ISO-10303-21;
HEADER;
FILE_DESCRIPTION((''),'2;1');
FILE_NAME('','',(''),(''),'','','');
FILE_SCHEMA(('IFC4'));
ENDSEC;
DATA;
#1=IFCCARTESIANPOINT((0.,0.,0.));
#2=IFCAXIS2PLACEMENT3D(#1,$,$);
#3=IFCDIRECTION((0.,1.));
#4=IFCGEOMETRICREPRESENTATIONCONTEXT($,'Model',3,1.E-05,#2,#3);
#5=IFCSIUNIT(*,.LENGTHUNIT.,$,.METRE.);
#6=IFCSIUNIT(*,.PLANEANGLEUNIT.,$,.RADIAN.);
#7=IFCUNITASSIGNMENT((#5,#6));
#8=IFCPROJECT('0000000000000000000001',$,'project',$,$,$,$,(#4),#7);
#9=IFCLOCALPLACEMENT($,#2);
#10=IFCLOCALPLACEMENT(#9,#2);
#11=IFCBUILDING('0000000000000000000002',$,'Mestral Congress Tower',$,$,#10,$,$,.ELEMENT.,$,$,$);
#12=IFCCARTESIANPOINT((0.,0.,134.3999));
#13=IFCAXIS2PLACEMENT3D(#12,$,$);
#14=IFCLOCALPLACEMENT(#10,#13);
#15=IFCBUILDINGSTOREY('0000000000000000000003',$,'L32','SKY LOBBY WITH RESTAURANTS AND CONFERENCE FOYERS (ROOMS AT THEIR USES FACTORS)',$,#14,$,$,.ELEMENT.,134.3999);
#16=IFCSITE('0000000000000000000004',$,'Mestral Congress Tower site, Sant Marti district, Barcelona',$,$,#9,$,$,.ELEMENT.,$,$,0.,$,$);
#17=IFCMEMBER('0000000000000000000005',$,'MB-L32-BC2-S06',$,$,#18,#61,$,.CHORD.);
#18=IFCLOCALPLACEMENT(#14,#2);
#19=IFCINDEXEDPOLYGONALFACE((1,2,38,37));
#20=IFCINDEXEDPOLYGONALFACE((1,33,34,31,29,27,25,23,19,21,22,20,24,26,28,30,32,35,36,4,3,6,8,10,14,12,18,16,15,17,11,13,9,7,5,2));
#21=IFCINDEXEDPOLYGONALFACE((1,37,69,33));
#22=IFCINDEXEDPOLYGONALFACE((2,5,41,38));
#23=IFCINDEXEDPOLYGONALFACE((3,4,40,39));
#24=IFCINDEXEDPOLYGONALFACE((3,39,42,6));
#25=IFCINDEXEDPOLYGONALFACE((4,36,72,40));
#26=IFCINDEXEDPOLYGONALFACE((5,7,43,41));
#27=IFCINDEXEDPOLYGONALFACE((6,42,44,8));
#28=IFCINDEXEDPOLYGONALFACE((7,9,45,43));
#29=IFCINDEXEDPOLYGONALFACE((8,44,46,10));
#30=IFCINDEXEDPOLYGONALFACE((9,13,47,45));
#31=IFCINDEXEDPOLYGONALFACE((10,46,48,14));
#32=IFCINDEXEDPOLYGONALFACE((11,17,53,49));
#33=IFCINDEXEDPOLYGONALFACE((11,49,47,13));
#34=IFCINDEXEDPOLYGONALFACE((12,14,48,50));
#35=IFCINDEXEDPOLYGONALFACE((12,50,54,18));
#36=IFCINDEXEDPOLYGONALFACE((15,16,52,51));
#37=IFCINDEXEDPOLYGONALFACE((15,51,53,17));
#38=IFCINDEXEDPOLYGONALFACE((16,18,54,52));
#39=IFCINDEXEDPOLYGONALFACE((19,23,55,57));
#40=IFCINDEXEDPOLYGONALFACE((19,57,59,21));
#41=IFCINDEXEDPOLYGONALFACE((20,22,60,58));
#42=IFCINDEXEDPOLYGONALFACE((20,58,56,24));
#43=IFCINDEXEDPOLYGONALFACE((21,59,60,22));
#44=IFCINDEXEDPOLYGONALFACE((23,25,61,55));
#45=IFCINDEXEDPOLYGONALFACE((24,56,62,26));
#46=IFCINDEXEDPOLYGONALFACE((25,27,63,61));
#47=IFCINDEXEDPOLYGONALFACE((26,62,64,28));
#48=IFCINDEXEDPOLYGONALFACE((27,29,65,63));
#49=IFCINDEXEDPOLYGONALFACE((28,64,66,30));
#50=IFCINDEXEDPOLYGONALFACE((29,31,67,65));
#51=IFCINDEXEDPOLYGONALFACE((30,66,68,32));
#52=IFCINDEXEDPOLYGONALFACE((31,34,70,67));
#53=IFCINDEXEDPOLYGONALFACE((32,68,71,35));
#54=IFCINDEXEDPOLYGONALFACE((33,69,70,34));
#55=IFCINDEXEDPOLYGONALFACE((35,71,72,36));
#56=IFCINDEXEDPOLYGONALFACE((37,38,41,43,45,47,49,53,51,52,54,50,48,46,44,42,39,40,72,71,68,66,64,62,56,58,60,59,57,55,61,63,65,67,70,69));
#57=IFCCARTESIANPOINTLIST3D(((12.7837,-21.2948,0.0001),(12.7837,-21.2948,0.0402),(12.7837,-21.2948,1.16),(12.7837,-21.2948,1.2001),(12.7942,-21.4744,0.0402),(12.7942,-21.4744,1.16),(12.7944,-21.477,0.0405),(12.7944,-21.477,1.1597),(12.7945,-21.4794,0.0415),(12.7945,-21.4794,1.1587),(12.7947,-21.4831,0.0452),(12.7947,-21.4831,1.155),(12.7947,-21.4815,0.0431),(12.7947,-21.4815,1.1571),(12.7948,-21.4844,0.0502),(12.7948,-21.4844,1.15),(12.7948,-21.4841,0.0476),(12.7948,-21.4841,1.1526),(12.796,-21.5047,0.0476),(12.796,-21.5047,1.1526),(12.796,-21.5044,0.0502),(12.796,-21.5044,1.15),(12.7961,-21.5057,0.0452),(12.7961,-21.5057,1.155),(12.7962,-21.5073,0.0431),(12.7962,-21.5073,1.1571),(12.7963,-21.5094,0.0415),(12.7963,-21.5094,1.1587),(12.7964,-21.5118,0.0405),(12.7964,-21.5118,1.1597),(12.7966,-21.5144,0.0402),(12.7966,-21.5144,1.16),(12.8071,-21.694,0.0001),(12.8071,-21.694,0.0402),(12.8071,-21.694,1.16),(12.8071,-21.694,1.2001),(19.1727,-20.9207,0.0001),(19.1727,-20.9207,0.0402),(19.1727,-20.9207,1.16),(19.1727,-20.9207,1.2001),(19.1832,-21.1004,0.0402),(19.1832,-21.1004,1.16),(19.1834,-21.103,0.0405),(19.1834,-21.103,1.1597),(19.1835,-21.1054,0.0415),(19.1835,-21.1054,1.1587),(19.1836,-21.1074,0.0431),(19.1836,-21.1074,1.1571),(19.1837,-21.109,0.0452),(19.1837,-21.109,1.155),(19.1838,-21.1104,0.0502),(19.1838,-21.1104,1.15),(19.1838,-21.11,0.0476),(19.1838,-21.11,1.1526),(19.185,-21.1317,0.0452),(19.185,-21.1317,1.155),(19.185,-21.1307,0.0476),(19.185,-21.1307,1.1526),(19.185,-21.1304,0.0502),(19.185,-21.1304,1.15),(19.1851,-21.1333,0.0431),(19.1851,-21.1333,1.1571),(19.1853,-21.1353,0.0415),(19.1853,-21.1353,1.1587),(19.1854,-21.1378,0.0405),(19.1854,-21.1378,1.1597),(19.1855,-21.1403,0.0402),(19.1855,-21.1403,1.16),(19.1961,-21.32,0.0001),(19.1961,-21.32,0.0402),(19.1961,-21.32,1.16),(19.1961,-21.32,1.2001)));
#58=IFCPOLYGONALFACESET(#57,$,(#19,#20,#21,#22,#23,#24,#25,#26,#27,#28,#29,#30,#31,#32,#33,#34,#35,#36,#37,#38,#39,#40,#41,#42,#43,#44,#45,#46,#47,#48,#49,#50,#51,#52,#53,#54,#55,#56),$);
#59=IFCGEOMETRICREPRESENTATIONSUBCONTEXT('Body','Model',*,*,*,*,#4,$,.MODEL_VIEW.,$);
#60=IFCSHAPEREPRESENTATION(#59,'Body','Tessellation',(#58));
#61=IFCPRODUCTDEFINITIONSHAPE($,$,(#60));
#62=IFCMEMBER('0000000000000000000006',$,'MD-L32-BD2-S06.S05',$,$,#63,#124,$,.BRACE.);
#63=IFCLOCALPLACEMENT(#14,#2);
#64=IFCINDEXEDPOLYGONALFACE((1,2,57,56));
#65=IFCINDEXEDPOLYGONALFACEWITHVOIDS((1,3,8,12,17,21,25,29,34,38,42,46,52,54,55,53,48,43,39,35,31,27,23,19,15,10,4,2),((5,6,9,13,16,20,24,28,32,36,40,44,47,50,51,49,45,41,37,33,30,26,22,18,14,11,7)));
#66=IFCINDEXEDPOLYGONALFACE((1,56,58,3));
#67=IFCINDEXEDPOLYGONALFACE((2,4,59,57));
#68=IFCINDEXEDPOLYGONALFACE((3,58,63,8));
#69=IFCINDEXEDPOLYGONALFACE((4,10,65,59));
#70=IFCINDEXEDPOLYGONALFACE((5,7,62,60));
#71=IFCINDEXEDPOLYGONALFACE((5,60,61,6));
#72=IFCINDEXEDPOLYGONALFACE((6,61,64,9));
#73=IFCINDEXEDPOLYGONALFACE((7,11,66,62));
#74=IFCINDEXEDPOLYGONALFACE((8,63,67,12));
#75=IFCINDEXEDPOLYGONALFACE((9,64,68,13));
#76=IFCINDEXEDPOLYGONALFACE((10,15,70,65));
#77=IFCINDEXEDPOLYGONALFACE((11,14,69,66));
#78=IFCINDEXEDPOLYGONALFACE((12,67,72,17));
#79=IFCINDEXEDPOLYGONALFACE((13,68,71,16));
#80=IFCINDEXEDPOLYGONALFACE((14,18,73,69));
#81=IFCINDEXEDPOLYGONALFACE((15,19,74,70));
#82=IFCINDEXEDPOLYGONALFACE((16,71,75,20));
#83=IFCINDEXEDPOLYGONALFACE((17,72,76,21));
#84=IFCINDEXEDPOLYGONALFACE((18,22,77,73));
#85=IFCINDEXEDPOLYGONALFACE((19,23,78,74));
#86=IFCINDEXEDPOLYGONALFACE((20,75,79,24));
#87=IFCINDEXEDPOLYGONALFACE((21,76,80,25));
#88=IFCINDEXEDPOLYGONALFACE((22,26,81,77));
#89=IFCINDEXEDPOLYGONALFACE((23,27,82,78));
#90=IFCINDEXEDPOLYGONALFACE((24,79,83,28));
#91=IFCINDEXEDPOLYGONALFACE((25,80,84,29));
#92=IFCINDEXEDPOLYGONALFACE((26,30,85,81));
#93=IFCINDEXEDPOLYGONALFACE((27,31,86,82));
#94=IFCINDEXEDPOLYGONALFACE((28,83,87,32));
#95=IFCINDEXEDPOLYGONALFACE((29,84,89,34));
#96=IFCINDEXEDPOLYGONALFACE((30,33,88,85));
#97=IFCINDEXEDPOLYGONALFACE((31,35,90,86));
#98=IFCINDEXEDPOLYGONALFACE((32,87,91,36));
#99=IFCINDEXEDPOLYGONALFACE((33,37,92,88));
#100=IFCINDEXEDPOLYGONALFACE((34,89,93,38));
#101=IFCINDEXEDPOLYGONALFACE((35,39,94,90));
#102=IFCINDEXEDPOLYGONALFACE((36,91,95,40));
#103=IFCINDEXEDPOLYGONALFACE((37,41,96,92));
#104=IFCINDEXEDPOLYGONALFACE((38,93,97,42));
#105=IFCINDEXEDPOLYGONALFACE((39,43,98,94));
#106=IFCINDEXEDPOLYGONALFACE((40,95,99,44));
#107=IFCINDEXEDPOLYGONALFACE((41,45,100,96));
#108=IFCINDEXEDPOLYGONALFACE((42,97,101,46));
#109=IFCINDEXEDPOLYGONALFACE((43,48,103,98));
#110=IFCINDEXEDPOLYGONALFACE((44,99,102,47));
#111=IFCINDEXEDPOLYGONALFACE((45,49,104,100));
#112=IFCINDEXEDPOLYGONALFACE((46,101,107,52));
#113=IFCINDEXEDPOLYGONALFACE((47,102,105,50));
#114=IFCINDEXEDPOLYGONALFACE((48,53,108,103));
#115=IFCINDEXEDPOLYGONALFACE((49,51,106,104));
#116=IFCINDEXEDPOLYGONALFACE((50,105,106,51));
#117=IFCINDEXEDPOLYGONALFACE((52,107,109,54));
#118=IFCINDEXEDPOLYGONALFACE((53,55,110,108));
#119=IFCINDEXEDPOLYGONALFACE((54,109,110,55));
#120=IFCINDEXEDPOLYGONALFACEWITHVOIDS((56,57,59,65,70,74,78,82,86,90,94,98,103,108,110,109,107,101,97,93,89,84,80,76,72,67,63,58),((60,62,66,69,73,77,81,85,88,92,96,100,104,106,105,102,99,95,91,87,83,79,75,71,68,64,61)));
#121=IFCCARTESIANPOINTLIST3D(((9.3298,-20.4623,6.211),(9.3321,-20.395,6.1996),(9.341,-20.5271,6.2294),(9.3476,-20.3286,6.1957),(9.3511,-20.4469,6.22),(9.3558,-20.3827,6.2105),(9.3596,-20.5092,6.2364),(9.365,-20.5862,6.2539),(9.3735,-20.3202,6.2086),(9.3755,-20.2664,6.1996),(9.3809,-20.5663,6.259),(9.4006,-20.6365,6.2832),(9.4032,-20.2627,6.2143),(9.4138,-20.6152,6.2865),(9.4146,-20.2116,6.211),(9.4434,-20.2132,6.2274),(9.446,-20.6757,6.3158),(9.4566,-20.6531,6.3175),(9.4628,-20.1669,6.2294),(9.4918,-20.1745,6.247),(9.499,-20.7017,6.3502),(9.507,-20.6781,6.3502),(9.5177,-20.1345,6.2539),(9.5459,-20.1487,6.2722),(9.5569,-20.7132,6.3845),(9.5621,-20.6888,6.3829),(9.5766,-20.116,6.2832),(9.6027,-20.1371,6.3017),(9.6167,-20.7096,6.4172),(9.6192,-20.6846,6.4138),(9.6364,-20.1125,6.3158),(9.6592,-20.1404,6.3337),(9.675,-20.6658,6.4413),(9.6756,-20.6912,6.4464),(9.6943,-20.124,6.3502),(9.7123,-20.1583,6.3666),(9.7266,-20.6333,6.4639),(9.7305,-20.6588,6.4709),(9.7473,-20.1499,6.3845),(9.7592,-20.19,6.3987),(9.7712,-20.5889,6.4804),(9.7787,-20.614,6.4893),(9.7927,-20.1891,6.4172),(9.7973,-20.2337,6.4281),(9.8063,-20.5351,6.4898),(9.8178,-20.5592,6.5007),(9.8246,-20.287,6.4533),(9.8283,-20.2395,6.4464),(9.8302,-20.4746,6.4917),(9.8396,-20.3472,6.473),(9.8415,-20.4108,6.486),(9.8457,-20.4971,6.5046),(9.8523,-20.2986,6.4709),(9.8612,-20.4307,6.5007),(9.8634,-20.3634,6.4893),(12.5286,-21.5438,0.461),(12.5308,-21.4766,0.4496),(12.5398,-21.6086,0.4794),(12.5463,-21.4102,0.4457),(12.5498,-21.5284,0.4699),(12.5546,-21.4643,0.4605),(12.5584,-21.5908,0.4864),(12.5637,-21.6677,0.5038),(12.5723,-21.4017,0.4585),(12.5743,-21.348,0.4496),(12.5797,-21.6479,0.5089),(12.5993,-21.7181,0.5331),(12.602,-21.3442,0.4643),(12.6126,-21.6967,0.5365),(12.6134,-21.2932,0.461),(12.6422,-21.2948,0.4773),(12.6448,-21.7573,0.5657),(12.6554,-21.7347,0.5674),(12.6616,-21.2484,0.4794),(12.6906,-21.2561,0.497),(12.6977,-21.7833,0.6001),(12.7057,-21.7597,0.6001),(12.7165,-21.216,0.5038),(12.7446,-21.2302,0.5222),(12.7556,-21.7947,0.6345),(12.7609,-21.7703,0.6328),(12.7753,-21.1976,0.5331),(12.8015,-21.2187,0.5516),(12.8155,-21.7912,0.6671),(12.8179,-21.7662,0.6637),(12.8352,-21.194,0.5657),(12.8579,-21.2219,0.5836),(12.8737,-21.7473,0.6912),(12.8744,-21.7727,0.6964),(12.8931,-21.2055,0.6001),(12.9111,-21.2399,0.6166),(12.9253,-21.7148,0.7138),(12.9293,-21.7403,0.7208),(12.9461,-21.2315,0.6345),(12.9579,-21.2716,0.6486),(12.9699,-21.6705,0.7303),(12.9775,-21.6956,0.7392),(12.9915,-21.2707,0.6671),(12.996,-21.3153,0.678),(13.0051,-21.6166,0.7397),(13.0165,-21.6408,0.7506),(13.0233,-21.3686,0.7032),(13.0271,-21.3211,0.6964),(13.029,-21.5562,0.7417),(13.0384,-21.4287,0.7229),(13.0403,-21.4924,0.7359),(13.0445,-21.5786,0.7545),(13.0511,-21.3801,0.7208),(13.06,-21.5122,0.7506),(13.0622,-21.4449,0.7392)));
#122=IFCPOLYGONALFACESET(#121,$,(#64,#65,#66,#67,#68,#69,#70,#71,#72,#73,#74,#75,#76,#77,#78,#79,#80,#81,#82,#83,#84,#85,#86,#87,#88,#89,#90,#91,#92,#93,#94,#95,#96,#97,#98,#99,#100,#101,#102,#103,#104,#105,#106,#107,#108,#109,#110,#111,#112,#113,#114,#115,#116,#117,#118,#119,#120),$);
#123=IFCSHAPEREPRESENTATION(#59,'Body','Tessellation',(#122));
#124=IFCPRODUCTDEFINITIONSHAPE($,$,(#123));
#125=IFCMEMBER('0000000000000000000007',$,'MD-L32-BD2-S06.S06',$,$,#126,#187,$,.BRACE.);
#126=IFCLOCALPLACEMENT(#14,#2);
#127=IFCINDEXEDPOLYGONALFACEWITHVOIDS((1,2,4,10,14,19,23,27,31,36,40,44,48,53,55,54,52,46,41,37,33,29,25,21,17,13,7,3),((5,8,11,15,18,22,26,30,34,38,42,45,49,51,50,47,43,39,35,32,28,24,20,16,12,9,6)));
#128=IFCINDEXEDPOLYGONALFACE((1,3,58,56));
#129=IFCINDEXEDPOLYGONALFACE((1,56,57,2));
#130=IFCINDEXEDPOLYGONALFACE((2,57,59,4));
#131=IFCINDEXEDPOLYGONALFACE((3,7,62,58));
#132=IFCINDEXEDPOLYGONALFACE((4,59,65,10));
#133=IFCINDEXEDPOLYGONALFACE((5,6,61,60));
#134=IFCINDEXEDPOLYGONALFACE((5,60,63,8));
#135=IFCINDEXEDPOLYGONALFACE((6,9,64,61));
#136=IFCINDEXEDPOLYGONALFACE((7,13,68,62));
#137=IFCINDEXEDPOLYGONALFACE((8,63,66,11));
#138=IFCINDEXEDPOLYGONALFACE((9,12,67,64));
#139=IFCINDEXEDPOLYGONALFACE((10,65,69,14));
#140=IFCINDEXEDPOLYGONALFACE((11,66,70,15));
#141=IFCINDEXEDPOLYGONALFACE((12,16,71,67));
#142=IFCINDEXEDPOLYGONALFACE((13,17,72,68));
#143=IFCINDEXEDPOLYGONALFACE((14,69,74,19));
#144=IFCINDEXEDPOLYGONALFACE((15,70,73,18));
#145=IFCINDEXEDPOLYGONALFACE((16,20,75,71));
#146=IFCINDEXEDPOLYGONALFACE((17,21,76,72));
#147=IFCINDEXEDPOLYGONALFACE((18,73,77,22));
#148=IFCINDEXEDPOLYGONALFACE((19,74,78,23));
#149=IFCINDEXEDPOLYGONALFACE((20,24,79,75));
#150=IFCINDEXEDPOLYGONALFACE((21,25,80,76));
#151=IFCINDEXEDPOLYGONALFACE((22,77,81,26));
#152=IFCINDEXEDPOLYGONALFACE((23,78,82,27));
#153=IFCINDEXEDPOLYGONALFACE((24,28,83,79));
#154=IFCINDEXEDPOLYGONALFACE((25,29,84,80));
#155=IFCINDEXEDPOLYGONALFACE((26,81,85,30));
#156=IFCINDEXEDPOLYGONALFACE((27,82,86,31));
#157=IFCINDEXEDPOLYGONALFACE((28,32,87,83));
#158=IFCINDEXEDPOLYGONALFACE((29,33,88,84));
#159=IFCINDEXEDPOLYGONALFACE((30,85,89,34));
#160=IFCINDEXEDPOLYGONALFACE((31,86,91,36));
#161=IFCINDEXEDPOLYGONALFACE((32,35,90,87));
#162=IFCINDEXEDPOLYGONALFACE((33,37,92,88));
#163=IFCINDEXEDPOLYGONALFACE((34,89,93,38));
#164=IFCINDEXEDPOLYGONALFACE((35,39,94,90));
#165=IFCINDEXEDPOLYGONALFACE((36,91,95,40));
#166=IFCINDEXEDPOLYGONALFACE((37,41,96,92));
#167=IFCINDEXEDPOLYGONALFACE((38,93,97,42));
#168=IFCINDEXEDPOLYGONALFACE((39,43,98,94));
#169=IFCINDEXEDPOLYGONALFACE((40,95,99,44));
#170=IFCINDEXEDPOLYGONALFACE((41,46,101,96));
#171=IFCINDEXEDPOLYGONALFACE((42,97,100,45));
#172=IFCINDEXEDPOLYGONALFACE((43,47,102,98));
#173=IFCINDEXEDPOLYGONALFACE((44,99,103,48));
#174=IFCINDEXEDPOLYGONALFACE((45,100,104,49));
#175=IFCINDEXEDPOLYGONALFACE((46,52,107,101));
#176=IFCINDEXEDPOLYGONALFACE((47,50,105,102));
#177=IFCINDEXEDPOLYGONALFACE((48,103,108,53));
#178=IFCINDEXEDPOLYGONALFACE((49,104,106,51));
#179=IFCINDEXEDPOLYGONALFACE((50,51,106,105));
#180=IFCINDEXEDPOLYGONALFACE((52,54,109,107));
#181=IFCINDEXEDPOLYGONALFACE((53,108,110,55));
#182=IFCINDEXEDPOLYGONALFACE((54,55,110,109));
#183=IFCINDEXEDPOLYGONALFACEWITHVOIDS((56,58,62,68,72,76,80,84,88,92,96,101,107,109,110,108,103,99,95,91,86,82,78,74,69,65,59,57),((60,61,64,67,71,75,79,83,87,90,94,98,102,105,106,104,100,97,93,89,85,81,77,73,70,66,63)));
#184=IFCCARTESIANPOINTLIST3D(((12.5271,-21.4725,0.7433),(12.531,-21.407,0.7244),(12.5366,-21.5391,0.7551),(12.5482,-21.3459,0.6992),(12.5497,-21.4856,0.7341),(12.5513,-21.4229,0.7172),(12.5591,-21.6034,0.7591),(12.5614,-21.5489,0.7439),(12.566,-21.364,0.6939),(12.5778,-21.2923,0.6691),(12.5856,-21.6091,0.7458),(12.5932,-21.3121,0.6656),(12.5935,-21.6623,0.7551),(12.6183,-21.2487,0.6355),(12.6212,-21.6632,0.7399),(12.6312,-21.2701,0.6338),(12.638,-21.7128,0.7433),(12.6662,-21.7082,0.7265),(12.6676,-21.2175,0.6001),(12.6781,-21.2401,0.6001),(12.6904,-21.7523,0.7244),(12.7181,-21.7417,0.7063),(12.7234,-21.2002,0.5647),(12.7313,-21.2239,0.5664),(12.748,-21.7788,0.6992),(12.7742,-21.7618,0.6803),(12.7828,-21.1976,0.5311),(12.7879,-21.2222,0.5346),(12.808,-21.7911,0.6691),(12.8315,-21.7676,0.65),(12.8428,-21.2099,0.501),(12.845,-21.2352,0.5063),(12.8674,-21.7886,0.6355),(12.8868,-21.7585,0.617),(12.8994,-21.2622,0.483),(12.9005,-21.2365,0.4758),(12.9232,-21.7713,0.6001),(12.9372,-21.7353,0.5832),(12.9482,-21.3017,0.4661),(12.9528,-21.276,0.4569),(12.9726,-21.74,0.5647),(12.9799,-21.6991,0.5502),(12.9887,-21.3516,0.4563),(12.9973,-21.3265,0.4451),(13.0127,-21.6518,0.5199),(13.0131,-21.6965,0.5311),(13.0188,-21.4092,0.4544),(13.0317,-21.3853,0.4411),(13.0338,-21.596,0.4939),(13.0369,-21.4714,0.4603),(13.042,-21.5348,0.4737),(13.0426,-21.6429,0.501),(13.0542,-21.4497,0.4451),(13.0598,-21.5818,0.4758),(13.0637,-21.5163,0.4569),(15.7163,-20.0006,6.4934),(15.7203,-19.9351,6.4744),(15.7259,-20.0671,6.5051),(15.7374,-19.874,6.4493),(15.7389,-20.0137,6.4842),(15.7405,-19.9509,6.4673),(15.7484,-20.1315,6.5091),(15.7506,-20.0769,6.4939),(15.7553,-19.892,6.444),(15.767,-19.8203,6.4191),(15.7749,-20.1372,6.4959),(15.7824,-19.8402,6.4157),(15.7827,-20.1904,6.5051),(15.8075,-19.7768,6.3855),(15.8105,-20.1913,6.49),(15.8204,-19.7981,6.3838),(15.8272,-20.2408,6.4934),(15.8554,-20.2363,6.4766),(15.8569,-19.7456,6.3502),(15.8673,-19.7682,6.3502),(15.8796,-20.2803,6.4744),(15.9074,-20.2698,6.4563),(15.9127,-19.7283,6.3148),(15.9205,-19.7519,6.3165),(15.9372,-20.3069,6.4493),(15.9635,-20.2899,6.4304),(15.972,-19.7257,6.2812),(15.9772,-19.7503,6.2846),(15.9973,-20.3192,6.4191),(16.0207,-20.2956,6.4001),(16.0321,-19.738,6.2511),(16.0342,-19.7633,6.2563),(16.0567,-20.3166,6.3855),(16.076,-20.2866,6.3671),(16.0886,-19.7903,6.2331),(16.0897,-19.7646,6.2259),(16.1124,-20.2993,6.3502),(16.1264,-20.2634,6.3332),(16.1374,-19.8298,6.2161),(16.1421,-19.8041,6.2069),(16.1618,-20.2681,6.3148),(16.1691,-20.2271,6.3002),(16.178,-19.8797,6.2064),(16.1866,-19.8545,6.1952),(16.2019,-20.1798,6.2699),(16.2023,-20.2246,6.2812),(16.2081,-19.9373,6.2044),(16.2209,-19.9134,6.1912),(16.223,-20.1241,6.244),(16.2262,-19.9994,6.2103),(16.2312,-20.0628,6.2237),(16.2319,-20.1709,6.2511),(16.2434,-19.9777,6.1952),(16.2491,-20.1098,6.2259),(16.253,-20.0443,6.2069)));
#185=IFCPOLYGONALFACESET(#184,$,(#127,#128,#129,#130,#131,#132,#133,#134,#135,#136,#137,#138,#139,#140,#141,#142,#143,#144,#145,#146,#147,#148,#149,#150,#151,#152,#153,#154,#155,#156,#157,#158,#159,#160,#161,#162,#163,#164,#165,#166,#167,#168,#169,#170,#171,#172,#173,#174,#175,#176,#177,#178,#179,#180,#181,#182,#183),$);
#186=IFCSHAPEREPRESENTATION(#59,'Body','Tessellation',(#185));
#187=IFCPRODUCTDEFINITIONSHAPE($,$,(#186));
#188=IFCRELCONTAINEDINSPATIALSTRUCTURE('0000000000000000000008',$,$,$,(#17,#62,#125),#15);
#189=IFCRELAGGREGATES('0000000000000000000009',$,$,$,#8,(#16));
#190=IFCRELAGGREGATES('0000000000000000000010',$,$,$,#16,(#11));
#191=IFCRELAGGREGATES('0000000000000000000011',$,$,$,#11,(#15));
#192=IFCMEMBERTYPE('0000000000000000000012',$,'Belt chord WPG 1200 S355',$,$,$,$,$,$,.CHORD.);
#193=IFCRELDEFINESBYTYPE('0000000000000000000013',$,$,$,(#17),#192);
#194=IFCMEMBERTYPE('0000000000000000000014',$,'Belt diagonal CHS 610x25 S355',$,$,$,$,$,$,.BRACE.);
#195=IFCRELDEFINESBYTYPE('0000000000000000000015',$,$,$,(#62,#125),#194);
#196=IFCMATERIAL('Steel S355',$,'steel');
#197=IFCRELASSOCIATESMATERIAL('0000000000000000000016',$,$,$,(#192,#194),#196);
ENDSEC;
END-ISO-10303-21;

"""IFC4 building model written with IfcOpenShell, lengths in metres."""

from ifc_helpers import new_model, si_unit, direction, frame, origin, origin_2d, place, context, subcontext, project, spatial, hollow_circle, i_section, extrude, material, material_profile, profile_set, type_object, element, save


model = new_model("IFC4")

# Units and contexts
model_context = context("Model", 3, precision=1e-05, world=origin(), true_north=direction((0.0, 1.0)))
body_context = subcontext(model_context, "Body", "Model", "MODEL_VIEW")
ifc_project = project(units=[si_unit("LENGTHUNIT", "METRE"), si_unit("PLANEANGLEUNIT", "RADIAN")], contexts=[model_context])

# Site, building, storey
site_placement = place(None, origin())
site = spatial("IfcSite", under=ifc_project, at=site_placement, Name="Mestral Congress Tower site, Sant Marti district, Barcelona", CompositionType="ELEMENT", RefElevation=0.0)
building_placement = place(site_placement, origin())
building = spatial("IfcBuilding", under=site, at=building_placement, Name="Mestral Congress Tower", CompositionType="ELEMENT")
storey_placement = place(building_placement, frame((0.0, 0.0, 134.3999)))
storey = spatial("IfcBuildingStorey", under=building, at=storey_placement, Name="L32", Description="SKY LOBBY WITH RESTAURANTS AND CONFERENCE FOYERS (ROOMS AT THEIR USES FACTORS)", CompositionType="ELEMENT", Elevation=134.3999)

# Members
ifc_material_1 = material(Name="Steel S355", Category="steel")
ifc_material_profile_1 = material_profile(ifc_material_1, i_section(OverallWidth=0.3999, OverallDepth=1.2, WebThickness=0.02, FlangeThickness=0.04, FilletRadius=0.01, at=origin_2d()), Name="WPG 1200")
ifc_profile_set_1 = profile_set([ifc_material_profile_1], Name="Steel S355")
member_type_1 = type_object("IfcMemberType", Name="Belt chord WPG 1200 S355", PredefinedType="CHORD", material=ifc_profile_set_1)
member_1_placement = place(storey_placement, frame((12.7954, -21.4944, 0.6001), z_axis=(0.998291, 0.058442, 0.0), x_axis=(-0.058442, 0.998291, 0.0)))
element("IfcMember", 1, at=member_1_placement, inside=storey, type_object=member_type_1, Name="MB-L32-BC2-S06", PredefinedType="CHORD", context=body_context, shape_type="SweptSolid", body=[
    extrude(i_section(OverallWidth=0.3999, OverallDepth=1.2, WebThickness=0.02, FlangeThickness=0.04, FilletRadius=0.01, at=origin_2d()), origin(), (0.0, 0.0, 1.0), 6.3999),
])
ifc_material_profile_2 = material_profile(ifc_material_1, hollow_circle(Radius=0.3049, WallThickness=0.0249, at=origin_2d()), Name="CHS 610x25")
ifc_profile_set_2 = profile_set([ifc_material_profile_2], Name="Steel S355")
member_type_2 = type_object("IfcMemberType", Name="Belt diagonal CHS 610x25 S355", PredefinedType="BRACE", material=ifc_profile_set_2)
member_2_placement = place(storey_placement, frame((12.7954, -21.4944, 0.6001), z_axis=(-0.479703, 0.162196, 0.862309), x_axis=(-0.320303, -0.947315, 0.0)))
element("IfcMember", 2, at=member_2_placement, inside=storey, type_object=member_type_2, Name="MD-L32-BD2-S06.S05", PredefinedType="BRACE", context=body_context, shape_type="SweptSolid", body=[
    extrude(hollow_circle(Radius=0.3049, WallThickness=0.0249, at=origin_2d()), origin(), (0.0, 0.0, 1.0), 6.6682),
])
member_3_placement = place(storey_placement, frame((12.7954, -21.4944, 0.6001), z_axis=(0.47332, 0.218452, 0.853374), x_axis=(-0.419054, 0.907961, 0.0)))
element("IfcMember", 3, at=member_3_placement, inside=storey, type_object=member_type_2, Name="MD-L32-BD2-S06.S06", PredefinedType="BRACE", context=body_context, shape_type="SweptSolid", body=[
    extrude(hollow_circle(Radius=0.3049, WallThickness=0.0249, at=origin_2d()), origin(), (0.0, 0.0, 1.0), 6.738),
])

save(model, "model.ifc")
